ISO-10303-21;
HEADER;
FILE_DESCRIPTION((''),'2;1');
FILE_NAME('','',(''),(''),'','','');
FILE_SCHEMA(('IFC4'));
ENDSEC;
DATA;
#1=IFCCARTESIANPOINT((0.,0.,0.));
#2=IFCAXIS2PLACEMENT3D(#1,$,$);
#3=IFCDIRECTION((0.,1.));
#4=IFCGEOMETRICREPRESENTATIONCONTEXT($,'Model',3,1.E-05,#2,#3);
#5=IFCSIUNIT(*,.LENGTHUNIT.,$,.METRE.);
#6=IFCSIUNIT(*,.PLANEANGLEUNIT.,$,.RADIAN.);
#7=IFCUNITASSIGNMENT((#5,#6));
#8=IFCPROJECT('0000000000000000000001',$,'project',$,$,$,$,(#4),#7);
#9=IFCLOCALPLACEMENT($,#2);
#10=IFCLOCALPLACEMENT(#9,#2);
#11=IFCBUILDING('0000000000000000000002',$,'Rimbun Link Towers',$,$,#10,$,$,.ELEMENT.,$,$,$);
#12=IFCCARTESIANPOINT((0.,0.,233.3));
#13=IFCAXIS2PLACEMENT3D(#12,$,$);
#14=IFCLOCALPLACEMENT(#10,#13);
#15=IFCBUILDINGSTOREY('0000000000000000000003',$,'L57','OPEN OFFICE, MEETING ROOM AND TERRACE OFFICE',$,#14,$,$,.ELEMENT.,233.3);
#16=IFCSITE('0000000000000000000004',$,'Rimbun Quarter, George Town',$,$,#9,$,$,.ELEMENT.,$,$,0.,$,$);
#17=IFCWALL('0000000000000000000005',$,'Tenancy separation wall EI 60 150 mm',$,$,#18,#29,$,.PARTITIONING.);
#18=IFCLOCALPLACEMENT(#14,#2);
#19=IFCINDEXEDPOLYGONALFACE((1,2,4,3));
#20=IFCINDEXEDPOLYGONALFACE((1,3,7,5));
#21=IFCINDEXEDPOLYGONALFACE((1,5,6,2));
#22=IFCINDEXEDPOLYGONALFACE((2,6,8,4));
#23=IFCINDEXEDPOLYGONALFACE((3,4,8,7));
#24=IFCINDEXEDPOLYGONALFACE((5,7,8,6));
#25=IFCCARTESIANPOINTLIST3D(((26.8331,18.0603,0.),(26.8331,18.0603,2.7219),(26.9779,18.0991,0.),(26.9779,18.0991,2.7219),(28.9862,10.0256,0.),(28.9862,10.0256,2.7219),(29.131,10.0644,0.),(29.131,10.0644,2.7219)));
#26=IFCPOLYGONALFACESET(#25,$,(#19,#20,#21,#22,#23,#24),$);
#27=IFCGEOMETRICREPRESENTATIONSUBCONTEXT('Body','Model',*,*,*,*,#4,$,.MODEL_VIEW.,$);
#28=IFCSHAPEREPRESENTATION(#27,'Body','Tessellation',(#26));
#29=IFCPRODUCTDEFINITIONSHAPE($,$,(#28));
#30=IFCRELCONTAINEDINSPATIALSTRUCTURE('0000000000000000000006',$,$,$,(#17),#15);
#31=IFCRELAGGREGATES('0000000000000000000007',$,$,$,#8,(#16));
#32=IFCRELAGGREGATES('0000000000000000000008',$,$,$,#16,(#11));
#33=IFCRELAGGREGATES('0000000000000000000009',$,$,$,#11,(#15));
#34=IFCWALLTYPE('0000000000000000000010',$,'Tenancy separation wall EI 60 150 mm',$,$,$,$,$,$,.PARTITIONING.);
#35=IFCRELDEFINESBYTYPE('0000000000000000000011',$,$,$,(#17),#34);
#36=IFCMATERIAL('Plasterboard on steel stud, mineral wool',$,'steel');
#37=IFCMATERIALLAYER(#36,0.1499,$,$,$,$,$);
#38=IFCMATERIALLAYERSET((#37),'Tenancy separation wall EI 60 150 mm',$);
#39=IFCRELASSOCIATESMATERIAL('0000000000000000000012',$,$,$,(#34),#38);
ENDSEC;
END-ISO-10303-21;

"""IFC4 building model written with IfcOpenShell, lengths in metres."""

from ifc_helpers import new_model, si_unit, direction, frame, frame_2d, origin, place, context, subcontext, project, spatial, rectangle, extrude, material, layer, layer_set, type_object, element, save


model = new_model("IFC4")

# Units and contexts
model_context = context("Model", 3, precision=1e-05, world=origin(), true_north=direction((0.0, 1.0)))
body_context = subcontext(model_context, "Body", "Model", "MODEL_VIEW")
ifc_project = project(units=[si_unit("LENGTHUNIT", "METRE"), si_unit("PLANEANGLEUNIT", "RADIAN")], contexts=[model_context])

# Site, building, storey
site_placement = place(None, origin())
site = spatial("IfcSite", under=ifc_project, at=site_placement, Name="Rimbun Quarter, George Town", CompositionType="ELEMENT", RefElevation=0.0)
building_placement = place(site_placement, origin())
building = spatial("IfcBuilding", under=site, at=building_placement, Name="Rimbun Link Towers", CompositionType="ELEMENT")
storey_placement = place(building_placement, frame((0.0, 0.0, 233.3)))
storey = spatial("IfcBuildingStorey", under=building, at=storey_placement, Name="L57", Description="OPEN OFFICE, MEETING ROOM AND TERRACE OFFICE", CompositionType="ELEMENT", Elevation=233.3)

# Wall
ifc_material_1 = material(Name="Plasterboard on steel stud, mineral wool", Category="steel")
ifc_layer_1 = layer(ifc_material_1, 0.1499)
ifc_layer_set_1 = layer_set([ifc_layer_1], Name="Tenancy separation wall EI 60 150 mm")
wall_type_1 = type_object("IfcWallType", Name="Tenancy separation wall EI 60 150 mm", PredefinedType="PARTITIONING", material=ifc_layer_set_1)
wall_1_placement = place(storey_placement, frame((29.0586, 10.0449, 0.0), z_axis=(0.0, 0.0, 1.0), x_axis=(-0.258841, 0.96592, 0.0)))
element("IfcWall", 1, at=wall_1_placement, inside=storey, type_object=wall_type_1, Name="Tenancy separation wall EI 60 150 mm", PredefinedType="PARTITIONING", context=body_context, shape_type="SweptSolid", body=[
    extrude(rectangle(XDim=8.3181, YDim=0.1499, at=frame_2d((4.1592, 0.0))), origin(), (0.0, 0.0, 1.0), 2.7219),
])

save(model, "model.ifc")
